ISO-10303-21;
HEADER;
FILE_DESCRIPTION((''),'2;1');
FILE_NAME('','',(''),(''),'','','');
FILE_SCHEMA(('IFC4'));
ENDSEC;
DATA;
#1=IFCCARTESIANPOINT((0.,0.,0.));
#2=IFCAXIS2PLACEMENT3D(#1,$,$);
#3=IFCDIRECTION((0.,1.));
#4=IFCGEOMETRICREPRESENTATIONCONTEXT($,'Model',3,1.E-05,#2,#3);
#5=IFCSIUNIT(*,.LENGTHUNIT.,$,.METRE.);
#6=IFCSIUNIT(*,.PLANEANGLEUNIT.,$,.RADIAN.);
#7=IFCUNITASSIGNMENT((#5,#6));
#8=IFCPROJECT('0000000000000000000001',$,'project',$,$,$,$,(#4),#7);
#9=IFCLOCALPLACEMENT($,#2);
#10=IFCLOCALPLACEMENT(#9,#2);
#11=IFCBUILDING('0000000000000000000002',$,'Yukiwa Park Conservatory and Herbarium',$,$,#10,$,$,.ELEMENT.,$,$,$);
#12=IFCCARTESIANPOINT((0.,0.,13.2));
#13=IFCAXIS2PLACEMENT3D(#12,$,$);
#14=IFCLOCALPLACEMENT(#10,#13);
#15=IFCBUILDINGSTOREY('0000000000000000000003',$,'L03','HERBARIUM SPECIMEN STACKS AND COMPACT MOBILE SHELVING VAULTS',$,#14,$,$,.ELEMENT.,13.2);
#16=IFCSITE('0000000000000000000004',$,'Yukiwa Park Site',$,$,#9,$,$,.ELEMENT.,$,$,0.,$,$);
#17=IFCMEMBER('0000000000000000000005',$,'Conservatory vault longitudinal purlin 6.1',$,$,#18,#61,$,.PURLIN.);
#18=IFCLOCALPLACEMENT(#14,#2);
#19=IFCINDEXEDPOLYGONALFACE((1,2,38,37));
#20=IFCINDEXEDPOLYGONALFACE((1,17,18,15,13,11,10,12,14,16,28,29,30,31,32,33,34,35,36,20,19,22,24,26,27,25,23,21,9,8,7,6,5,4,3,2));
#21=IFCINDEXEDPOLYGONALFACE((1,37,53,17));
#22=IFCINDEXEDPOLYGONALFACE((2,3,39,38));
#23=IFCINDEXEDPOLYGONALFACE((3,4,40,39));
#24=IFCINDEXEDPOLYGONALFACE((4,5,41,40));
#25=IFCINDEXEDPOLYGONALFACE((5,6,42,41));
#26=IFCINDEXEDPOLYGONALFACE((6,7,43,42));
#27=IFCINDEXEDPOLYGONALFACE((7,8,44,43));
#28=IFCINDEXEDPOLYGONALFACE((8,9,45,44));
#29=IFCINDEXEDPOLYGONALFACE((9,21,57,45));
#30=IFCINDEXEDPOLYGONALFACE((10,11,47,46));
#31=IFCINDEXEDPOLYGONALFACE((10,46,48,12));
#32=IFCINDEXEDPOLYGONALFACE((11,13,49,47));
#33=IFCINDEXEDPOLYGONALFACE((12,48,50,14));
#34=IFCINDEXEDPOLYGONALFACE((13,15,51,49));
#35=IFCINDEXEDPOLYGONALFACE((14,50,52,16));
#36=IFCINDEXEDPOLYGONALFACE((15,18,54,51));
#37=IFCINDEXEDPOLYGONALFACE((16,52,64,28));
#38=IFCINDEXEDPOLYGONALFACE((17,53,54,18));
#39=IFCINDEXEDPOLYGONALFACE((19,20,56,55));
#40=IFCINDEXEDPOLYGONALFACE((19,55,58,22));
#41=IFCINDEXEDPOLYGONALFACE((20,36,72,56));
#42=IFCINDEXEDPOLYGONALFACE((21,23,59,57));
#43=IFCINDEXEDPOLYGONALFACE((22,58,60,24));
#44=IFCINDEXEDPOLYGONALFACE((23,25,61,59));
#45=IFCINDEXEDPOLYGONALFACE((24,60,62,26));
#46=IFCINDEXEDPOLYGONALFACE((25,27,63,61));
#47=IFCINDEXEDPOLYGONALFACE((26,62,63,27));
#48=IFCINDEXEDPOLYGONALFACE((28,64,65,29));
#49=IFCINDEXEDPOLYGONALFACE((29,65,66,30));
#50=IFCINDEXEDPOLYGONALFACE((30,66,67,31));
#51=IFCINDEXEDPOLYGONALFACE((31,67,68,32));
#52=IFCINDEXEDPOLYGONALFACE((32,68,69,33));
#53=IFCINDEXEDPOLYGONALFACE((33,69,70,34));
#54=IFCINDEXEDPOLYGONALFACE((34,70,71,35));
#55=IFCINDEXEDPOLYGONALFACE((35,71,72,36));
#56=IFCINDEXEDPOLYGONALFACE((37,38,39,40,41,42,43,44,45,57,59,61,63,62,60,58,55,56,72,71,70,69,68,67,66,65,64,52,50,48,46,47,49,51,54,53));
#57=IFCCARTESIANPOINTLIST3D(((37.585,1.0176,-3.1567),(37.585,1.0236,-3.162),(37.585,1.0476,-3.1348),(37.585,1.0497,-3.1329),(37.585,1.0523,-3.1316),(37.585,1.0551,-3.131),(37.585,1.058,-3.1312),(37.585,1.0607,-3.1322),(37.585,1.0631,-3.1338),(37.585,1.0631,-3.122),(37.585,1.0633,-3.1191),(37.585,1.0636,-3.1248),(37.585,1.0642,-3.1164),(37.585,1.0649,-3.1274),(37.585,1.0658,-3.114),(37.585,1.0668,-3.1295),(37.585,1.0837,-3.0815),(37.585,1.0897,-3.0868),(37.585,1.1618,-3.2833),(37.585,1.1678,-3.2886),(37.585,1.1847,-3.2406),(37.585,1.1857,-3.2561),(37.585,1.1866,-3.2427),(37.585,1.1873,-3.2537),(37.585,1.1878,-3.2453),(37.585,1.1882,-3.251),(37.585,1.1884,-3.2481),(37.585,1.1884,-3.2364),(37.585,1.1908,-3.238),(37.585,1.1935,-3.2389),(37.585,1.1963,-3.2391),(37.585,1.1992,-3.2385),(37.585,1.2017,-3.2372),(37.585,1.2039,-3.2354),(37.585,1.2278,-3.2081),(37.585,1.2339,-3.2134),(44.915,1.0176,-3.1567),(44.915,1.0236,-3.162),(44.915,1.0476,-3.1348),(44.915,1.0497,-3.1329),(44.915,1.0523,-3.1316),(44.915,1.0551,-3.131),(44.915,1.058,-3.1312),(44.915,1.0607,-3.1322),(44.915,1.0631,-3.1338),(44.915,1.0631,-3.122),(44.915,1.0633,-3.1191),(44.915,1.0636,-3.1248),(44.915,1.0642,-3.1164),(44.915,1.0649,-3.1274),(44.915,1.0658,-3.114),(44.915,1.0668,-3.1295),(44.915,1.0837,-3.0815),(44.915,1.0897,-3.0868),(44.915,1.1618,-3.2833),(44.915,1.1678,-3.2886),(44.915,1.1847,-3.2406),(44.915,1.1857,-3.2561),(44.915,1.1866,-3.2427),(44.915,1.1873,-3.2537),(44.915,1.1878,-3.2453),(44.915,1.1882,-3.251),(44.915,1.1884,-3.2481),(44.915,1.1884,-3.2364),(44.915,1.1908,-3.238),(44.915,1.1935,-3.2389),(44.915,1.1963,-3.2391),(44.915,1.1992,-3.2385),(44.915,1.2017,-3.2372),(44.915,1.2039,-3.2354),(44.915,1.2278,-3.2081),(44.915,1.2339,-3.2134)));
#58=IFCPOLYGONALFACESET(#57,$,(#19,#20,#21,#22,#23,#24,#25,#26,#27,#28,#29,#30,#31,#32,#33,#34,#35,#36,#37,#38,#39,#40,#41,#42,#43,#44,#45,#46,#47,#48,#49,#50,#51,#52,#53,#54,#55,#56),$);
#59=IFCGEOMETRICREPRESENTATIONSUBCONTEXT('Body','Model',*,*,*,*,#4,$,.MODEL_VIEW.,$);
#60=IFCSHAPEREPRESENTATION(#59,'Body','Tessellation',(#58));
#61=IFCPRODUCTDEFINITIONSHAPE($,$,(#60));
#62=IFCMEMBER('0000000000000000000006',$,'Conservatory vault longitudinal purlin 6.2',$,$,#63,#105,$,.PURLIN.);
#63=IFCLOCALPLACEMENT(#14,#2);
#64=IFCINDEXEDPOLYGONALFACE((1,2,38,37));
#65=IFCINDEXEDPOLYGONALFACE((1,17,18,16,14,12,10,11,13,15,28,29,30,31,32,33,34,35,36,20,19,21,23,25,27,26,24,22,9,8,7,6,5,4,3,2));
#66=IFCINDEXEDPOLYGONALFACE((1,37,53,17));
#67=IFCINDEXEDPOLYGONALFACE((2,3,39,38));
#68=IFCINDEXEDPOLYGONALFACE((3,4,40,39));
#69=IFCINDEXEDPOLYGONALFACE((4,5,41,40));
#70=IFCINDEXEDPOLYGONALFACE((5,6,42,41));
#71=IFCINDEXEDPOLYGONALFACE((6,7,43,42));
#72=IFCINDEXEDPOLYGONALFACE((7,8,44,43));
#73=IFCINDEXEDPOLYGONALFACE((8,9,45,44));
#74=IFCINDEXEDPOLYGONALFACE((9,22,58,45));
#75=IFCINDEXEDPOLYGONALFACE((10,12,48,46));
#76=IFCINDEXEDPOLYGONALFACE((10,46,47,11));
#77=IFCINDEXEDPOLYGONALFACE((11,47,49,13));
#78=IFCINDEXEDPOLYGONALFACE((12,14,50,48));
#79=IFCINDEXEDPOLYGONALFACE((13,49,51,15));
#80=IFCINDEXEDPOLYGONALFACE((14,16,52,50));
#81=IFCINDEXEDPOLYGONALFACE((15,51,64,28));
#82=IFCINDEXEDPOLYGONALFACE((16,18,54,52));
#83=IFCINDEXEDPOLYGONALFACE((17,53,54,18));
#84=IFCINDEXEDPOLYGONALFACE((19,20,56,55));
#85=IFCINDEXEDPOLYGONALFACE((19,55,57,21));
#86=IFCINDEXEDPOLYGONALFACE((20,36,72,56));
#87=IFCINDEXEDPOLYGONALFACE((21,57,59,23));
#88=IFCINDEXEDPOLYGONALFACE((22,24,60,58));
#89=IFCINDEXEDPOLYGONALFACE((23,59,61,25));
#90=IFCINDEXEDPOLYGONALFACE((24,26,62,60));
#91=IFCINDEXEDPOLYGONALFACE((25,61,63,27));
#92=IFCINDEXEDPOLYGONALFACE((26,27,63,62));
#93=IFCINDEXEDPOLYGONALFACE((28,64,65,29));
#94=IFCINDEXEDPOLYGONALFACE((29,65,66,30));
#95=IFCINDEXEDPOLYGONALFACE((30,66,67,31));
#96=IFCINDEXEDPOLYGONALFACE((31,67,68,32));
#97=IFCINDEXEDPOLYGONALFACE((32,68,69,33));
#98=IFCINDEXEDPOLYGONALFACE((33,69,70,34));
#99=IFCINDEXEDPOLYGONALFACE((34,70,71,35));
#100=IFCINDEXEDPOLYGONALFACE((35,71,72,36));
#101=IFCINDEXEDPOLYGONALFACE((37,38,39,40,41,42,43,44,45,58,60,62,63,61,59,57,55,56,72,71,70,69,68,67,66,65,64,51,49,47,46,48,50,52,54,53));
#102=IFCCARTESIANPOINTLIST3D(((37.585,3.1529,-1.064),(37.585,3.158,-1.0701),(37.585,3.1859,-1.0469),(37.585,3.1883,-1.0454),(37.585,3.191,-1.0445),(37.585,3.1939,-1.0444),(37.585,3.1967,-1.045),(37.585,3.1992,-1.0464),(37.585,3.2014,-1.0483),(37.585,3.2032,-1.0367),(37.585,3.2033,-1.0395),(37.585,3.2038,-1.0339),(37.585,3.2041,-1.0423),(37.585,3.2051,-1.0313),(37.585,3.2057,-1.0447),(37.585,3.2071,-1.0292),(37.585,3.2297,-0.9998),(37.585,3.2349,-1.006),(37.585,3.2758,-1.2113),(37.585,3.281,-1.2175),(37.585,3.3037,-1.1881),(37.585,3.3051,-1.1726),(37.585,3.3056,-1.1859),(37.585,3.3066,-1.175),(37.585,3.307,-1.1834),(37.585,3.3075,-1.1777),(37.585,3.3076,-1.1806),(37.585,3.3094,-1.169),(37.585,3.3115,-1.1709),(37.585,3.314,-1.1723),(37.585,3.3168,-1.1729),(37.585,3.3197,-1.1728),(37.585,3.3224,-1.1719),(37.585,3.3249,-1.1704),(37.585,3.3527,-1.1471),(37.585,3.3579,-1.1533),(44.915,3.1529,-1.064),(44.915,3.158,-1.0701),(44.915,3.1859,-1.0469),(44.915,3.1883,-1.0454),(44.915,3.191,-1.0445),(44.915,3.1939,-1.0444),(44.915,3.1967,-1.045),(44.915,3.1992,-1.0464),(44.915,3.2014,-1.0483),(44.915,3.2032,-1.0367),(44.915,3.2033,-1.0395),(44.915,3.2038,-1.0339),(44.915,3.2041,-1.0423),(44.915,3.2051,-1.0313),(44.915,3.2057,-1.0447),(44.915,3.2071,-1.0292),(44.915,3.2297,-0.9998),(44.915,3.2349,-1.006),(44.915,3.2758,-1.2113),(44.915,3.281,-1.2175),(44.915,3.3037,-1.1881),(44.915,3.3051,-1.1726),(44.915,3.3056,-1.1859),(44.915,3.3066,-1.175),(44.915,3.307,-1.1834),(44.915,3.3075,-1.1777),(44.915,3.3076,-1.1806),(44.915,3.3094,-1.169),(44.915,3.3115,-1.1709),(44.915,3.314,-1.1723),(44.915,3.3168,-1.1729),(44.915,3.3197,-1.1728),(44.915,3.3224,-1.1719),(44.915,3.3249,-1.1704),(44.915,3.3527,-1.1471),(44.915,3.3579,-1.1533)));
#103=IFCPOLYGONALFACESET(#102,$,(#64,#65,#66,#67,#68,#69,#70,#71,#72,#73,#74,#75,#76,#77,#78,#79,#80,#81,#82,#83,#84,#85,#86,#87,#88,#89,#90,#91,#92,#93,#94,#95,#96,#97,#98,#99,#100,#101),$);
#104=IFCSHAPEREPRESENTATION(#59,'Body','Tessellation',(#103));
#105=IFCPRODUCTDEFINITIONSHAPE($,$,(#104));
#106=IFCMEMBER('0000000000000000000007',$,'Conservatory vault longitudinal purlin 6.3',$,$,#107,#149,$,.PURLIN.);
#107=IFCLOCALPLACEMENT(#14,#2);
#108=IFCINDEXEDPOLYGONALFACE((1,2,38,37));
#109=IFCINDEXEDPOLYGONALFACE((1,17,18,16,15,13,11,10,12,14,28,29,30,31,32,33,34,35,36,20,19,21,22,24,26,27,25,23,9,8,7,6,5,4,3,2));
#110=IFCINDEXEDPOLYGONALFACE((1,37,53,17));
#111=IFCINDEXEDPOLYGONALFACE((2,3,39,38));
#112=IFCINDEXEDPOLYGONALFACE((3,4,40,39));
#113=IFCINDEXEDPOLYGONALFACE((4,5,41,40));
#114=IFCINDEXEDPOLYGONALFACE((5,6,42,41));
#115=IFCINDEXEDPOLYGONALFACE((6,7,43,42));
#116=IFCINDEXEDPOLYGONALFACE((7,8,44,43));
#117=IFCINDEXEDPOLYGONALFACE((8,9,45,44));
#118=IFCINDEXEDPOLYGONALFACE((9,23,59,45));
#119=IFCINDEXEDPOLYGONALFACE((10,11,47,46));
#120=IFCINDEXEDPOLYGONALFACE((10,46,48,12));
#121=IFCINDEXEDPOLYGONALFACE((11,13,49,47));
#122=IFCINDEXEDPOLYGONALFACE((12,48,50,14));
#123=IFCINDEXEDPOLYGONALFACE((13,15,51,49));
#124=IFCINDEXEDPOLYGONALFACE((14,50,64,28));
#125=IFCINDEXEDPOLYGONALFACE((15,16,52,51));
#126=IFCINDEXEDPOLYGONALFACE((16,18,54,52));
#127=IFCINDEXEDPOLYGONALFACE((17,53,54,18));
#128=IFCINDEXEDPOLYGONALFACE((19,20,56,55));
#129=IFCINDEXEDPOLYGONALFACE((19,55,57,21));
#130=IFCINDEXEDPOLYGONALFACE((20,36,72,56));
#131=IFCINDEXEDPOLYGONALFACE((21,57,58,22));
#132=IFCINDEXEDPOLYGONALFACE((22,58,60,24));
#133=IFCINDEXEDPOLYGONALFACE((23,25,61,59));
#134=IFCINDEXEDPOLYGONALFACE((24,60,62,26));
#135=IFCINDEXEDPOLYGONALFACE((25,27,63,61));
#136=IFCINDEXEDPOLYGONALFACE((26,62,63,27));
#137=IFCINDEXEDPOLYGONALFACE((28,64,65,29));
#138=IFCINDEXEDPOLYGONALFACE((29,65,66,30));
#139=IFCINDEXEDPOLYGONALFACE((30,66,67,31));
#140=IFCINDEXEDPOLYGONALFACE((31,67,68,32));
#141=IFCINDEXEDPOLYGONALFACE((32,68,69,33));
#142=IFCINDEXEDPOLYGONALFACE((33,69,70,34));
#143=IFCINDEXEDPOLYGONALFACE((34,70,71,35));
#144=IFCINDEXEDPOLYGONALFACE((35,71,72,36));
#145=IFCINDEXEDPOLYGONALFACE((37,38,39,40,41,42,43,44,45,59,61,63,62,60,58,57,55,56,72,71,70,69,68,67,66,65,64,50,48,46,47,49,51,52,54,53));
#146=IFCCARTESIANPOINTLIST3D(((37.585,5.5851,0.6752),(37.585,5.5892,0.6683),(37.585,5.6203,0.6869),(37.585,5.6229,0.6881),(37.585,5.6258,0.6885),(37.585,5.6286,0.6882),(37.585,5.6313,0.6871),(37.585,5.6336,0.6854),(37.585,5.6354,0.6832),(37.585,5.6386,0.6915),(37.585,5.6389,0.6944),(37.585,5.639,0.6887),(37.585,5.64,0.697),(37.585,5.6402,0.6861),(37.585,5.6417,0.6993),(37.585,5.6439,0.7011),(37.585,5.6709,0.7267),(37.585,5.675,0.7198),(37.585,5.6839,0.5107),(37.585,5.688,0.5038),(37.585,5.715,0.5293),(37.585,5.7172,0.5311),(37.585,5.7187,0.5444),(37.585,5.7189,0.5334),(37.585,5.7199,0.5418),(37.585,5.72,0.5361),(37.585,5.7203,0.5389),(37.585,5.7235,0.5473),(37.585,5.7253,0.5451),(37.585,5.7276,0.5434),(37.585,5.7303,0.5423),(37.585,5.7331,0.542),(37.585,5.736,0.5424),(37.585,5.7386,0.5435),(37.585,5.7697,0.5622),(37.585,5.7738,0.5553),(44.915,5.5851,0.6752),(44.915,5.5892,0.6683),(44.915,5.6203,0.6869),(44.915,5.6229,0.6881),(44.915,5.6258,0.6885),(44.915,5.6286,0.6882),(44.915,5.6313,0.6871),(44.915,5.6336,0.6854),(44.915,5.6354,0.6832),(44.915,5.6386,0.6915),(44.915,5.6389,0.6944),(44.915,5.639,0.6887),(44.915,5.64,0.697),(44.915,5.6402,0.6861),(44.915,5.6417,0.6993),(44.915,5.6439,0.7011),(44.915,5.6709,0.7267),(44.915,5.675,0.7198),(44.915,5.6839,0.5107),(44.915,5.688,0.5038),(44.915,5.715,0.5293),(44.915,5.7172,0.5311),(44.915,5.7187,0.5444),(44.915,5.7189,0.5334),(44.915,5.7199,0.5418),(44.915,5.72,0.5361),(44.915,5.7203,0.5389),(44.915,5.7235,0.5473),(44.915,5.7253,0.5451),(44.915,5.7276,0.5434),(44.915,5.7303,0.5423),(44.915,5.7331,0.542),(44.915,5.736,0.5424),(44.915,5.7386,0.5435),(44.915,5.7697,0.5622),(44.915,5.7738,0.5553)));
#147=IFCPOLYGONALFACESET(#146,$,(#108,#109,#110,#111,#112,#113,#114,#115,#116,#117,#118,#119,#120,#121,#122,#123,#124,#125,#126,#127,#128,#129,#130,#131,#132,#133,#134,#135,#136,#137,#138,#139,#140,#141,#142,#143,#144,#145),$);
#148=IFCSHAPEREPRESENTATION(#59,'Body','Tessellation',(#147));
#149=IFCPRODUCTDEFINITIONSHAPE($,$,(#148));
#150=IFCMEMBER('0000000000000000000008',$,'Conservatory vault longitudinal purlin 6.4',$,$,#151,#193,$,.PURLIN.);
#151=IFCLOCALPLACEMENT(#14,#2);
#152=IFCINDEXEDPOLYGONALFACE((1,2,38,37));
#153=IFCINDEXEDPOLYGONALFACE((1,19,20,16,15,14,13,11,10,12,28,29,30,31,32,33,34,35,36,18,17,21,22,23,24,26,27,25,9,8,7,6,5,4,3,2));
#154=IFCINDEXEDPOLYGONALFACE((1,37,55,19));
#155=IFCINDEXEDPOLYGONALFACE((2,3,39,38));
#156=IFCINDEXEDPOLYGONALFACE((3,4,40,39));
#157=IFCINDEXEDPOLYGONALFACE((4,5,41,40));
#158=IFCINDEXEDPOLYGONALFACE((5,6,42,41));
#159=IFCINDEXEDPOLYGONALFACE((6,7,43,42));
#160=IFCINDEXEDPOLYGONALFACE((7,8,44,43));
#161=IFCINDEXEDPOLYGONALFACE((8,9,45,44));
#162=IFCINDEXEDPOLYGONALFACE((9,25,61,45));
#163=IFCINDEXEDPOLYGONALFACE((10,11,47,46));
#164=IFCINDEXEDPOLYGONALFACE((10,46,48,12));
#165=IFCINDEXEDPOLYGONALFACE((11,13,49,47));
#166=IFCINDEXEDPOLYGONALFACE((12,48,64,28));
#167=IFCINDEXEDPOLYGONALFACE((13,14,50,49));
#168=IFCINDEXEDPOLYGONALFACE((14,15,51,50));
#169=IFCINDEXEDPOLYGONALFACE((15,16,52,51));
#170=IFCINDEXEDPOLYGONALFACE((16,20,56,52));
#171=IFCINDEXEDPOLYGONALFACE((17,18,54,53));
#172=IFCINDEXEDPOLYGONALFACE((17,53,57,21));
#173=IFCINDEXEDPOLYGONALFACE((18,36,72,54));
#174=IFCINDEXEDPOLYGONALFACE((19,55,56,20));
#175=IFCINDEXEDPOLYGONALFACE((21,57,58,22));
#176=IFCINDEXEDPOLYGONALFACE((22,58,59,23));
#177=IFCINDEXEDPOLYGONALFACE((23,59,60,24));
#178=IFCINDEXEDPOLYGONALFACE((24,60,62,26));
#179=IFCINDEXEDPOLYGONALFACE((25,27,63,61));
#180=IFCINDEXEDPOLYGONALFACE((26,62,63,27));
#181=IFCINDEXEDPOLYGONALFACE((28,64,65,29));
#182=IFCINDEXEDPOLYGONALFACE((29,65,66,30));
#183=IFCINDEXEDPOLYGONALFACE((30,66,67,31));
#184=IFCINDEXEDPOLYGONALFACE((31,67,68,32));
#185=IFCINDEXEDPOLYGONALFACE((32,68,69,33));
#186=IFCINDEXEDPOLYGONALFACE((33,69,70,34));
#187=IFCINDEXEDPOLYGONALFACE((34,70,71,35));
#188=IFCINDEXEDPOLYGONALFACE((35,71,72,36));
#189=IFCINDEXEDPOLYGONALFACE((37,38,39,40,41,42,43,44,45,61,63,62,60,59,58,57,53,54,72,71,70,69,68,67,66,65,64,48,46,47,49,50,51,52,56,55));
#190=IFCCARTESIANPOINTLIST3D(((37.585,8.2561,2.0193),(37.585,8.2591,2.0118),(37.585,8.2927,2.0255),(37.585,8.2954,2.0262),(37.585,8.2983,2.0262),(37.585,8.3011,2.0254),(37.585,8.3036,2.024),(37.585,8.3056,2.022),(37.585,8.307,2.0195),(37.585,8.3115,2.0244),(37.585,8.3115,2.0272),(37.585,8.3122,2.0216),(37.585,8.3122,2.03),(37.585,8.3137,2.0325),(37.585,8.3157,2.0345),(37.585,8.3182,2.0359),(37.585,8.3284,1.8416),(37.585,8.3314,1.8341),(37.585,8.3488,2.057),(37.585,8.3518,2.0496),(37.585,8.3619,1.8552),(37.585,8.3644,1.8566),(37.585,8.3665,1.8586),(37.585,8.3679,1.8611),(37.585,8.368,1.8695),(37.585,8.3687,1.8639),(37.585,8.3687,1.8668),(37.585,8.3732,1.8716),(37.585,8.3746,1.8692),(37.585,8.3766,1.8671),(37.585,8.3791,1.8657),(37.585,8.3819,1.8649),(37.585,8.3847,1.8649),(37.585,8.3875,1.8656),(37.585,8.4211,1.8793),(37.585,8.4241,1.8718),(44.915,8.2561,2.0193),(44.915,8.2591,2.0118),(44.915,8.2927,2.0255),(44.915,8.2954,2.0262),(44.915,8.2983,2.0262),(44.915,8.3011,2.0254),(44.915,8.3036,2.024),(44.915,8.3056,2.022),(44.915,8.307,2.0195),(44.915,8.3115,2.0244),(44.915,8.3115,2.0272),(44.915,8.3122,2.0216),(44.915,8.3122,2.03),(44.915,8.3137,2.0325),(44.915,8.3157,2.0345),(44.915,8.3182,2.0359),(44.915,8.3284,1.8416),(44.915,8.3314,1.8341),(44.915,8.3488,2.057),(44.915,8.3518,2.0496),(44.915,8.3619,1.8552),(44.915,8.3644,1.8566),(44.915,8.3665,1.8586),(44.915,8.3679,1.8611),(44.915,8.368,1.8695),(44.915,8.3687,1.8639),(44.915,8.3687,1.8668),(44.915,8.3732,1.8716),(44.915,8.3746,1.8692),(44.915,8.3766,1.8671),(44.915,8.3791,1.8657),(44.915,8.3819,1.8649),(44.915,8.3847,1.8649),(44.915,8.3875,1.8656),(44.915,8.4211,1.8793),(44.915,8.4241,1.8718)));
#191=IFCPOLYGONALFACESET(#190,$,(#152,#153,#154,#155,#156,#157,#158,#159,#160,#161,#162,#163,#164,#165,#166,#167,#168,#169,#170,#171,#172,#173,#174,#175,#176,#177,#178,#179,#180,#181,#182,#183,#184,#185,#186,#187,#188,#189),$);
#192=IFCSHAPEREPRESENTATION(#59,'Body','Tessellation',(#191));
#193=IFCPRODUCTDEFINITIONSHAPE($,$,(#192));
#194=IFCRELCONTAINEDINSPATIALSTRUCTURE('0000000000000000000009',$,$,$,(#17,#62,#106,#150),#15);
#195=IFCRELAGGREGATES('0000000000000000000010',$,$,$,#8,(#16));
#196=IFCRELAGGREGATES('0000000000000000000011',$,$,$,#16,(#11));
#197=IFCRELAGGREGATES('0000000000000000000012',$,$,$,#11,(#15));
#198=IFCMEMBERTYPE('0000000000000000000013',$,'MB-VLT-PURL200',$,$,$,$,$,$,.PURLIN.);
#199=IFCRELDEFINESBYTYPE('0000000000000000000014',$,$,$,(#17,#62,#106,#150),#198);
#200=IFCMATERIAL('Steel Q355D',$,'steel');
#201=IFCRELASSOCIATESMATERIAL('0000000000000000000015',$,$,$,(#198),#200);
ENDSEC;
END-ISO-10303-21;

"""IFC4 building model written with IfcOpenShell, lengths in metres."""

from ifc_helpers import new_model, si_unit, direction, frame, origin, origin_2d, place, context, subcontext, project, spatial, i_section, extrude, material, material_profile, profile_set, type_object, element, save


model = new_model("IFC4")

# Units and contexts
model_context = context("Model", 3, precision=1e-05, world=origin(), true_north=direction((0.0, 1.0)))
body_context = subcontext(model_context, "Body", "Model", "MODEL_VIEW")
ifc_project = project(units=[si_unit("LENGTHUNIT", "METRE"), si_unit("PLANEANGLEUNIT", "RADIAN")], contexts=[model_context])

# Site, building, storey
site_placement = place(None, origin())
site = spatial("IfcSite", under=ifc_project, at=site_placement, Name="Yukiwa Park Site", CompositionType="ELEMENT", RefElevation=0.0)
building_placement = place(site_placement, origin())
building = spatial("IfcBuilding", under=site, at=building_placement, Name="Yukiwa Park Conservatory and Herbarium", CompositionType="ELEMENT")
storey_placement = place(building_placement, frame((0.0, 0.0, 13.2)))
storey = spatial("IfcBuildingStorey", under=building, at=storey_placement, Name="L03", Description="HERBARIUM SPECIMEN STACKS AND COMPACT MOBILE SHELVING VAULTS", CompositionType="ELEMENT", Elevation=13.2)

# Members
ifc_material_1 = material(Name="Steel Q355D", Category="steel")
ifc_material_profile_1 = material_profile(ifc_material_1, i_section(OverallWidth=0.1001, OverallDepth=0.2, WebThickness=0.0056, FlangeThickness=0.0081, FilletRadius=0.011, at=origin_2d()), Name="HN 200x100x5.5x8")
ifc_profile_set_1 = profile_set([ifc_material_profile_1], Name="Steel Q355D")
member_type_1 = type_object("IfcMemberType", Name="MB-VLT-PURL200", PredefinedType="PURLIN", material=ifc_profile_set_1)
for number, where, z_axis, x_axis, name in (
    (1, (37.585, 1.1257, -3.1851), (1.0, 0.0, 0.0), (0.0, 0.659968, 0.751294), "Conservatory vault longitudinal purlin 6.1"),
    (2, (37.585, 3.2554, -1.1086), (1.0, 0.0, 0.0), (0.0, 0.767751, 0.640748), "Conservatory vault longitudinal purlin 6.2"),
    (3, (37.585, 5.6794, 0.6152), (1.0, 0.0, 0.0), (0.0, 0.857234, 0.514927), "Conservatory vault longitudinal purlin 6.3"),
    (4, (37.585, 8.3401, 1.9456), (1.0, 0.0, 0.0), (0.0, 0.926282, 0.376831), "Conservatory vault longitudinal purlin 6.4"),
):
    element("IfcMember", number, at=place(storey_placement, frame(where, z_axis=z_axis, x_axis=x_axis)), inside=storey, type_object=member_type_1, Name=name, PredefinedType="PURLIN", context=body_context, shape_type="SweptSolid", body=[
        extrude(i_section(OverallWidth=0.1001, OverallDepth=0.2, WebThickness=0.0056, FlangeThickness=0.0081, FilletRadius=0.011, at=origin_2d()), origin(), (0.0, 0.0, 1.0), 7.3301),
    ])

save(model, "model.ifc")
